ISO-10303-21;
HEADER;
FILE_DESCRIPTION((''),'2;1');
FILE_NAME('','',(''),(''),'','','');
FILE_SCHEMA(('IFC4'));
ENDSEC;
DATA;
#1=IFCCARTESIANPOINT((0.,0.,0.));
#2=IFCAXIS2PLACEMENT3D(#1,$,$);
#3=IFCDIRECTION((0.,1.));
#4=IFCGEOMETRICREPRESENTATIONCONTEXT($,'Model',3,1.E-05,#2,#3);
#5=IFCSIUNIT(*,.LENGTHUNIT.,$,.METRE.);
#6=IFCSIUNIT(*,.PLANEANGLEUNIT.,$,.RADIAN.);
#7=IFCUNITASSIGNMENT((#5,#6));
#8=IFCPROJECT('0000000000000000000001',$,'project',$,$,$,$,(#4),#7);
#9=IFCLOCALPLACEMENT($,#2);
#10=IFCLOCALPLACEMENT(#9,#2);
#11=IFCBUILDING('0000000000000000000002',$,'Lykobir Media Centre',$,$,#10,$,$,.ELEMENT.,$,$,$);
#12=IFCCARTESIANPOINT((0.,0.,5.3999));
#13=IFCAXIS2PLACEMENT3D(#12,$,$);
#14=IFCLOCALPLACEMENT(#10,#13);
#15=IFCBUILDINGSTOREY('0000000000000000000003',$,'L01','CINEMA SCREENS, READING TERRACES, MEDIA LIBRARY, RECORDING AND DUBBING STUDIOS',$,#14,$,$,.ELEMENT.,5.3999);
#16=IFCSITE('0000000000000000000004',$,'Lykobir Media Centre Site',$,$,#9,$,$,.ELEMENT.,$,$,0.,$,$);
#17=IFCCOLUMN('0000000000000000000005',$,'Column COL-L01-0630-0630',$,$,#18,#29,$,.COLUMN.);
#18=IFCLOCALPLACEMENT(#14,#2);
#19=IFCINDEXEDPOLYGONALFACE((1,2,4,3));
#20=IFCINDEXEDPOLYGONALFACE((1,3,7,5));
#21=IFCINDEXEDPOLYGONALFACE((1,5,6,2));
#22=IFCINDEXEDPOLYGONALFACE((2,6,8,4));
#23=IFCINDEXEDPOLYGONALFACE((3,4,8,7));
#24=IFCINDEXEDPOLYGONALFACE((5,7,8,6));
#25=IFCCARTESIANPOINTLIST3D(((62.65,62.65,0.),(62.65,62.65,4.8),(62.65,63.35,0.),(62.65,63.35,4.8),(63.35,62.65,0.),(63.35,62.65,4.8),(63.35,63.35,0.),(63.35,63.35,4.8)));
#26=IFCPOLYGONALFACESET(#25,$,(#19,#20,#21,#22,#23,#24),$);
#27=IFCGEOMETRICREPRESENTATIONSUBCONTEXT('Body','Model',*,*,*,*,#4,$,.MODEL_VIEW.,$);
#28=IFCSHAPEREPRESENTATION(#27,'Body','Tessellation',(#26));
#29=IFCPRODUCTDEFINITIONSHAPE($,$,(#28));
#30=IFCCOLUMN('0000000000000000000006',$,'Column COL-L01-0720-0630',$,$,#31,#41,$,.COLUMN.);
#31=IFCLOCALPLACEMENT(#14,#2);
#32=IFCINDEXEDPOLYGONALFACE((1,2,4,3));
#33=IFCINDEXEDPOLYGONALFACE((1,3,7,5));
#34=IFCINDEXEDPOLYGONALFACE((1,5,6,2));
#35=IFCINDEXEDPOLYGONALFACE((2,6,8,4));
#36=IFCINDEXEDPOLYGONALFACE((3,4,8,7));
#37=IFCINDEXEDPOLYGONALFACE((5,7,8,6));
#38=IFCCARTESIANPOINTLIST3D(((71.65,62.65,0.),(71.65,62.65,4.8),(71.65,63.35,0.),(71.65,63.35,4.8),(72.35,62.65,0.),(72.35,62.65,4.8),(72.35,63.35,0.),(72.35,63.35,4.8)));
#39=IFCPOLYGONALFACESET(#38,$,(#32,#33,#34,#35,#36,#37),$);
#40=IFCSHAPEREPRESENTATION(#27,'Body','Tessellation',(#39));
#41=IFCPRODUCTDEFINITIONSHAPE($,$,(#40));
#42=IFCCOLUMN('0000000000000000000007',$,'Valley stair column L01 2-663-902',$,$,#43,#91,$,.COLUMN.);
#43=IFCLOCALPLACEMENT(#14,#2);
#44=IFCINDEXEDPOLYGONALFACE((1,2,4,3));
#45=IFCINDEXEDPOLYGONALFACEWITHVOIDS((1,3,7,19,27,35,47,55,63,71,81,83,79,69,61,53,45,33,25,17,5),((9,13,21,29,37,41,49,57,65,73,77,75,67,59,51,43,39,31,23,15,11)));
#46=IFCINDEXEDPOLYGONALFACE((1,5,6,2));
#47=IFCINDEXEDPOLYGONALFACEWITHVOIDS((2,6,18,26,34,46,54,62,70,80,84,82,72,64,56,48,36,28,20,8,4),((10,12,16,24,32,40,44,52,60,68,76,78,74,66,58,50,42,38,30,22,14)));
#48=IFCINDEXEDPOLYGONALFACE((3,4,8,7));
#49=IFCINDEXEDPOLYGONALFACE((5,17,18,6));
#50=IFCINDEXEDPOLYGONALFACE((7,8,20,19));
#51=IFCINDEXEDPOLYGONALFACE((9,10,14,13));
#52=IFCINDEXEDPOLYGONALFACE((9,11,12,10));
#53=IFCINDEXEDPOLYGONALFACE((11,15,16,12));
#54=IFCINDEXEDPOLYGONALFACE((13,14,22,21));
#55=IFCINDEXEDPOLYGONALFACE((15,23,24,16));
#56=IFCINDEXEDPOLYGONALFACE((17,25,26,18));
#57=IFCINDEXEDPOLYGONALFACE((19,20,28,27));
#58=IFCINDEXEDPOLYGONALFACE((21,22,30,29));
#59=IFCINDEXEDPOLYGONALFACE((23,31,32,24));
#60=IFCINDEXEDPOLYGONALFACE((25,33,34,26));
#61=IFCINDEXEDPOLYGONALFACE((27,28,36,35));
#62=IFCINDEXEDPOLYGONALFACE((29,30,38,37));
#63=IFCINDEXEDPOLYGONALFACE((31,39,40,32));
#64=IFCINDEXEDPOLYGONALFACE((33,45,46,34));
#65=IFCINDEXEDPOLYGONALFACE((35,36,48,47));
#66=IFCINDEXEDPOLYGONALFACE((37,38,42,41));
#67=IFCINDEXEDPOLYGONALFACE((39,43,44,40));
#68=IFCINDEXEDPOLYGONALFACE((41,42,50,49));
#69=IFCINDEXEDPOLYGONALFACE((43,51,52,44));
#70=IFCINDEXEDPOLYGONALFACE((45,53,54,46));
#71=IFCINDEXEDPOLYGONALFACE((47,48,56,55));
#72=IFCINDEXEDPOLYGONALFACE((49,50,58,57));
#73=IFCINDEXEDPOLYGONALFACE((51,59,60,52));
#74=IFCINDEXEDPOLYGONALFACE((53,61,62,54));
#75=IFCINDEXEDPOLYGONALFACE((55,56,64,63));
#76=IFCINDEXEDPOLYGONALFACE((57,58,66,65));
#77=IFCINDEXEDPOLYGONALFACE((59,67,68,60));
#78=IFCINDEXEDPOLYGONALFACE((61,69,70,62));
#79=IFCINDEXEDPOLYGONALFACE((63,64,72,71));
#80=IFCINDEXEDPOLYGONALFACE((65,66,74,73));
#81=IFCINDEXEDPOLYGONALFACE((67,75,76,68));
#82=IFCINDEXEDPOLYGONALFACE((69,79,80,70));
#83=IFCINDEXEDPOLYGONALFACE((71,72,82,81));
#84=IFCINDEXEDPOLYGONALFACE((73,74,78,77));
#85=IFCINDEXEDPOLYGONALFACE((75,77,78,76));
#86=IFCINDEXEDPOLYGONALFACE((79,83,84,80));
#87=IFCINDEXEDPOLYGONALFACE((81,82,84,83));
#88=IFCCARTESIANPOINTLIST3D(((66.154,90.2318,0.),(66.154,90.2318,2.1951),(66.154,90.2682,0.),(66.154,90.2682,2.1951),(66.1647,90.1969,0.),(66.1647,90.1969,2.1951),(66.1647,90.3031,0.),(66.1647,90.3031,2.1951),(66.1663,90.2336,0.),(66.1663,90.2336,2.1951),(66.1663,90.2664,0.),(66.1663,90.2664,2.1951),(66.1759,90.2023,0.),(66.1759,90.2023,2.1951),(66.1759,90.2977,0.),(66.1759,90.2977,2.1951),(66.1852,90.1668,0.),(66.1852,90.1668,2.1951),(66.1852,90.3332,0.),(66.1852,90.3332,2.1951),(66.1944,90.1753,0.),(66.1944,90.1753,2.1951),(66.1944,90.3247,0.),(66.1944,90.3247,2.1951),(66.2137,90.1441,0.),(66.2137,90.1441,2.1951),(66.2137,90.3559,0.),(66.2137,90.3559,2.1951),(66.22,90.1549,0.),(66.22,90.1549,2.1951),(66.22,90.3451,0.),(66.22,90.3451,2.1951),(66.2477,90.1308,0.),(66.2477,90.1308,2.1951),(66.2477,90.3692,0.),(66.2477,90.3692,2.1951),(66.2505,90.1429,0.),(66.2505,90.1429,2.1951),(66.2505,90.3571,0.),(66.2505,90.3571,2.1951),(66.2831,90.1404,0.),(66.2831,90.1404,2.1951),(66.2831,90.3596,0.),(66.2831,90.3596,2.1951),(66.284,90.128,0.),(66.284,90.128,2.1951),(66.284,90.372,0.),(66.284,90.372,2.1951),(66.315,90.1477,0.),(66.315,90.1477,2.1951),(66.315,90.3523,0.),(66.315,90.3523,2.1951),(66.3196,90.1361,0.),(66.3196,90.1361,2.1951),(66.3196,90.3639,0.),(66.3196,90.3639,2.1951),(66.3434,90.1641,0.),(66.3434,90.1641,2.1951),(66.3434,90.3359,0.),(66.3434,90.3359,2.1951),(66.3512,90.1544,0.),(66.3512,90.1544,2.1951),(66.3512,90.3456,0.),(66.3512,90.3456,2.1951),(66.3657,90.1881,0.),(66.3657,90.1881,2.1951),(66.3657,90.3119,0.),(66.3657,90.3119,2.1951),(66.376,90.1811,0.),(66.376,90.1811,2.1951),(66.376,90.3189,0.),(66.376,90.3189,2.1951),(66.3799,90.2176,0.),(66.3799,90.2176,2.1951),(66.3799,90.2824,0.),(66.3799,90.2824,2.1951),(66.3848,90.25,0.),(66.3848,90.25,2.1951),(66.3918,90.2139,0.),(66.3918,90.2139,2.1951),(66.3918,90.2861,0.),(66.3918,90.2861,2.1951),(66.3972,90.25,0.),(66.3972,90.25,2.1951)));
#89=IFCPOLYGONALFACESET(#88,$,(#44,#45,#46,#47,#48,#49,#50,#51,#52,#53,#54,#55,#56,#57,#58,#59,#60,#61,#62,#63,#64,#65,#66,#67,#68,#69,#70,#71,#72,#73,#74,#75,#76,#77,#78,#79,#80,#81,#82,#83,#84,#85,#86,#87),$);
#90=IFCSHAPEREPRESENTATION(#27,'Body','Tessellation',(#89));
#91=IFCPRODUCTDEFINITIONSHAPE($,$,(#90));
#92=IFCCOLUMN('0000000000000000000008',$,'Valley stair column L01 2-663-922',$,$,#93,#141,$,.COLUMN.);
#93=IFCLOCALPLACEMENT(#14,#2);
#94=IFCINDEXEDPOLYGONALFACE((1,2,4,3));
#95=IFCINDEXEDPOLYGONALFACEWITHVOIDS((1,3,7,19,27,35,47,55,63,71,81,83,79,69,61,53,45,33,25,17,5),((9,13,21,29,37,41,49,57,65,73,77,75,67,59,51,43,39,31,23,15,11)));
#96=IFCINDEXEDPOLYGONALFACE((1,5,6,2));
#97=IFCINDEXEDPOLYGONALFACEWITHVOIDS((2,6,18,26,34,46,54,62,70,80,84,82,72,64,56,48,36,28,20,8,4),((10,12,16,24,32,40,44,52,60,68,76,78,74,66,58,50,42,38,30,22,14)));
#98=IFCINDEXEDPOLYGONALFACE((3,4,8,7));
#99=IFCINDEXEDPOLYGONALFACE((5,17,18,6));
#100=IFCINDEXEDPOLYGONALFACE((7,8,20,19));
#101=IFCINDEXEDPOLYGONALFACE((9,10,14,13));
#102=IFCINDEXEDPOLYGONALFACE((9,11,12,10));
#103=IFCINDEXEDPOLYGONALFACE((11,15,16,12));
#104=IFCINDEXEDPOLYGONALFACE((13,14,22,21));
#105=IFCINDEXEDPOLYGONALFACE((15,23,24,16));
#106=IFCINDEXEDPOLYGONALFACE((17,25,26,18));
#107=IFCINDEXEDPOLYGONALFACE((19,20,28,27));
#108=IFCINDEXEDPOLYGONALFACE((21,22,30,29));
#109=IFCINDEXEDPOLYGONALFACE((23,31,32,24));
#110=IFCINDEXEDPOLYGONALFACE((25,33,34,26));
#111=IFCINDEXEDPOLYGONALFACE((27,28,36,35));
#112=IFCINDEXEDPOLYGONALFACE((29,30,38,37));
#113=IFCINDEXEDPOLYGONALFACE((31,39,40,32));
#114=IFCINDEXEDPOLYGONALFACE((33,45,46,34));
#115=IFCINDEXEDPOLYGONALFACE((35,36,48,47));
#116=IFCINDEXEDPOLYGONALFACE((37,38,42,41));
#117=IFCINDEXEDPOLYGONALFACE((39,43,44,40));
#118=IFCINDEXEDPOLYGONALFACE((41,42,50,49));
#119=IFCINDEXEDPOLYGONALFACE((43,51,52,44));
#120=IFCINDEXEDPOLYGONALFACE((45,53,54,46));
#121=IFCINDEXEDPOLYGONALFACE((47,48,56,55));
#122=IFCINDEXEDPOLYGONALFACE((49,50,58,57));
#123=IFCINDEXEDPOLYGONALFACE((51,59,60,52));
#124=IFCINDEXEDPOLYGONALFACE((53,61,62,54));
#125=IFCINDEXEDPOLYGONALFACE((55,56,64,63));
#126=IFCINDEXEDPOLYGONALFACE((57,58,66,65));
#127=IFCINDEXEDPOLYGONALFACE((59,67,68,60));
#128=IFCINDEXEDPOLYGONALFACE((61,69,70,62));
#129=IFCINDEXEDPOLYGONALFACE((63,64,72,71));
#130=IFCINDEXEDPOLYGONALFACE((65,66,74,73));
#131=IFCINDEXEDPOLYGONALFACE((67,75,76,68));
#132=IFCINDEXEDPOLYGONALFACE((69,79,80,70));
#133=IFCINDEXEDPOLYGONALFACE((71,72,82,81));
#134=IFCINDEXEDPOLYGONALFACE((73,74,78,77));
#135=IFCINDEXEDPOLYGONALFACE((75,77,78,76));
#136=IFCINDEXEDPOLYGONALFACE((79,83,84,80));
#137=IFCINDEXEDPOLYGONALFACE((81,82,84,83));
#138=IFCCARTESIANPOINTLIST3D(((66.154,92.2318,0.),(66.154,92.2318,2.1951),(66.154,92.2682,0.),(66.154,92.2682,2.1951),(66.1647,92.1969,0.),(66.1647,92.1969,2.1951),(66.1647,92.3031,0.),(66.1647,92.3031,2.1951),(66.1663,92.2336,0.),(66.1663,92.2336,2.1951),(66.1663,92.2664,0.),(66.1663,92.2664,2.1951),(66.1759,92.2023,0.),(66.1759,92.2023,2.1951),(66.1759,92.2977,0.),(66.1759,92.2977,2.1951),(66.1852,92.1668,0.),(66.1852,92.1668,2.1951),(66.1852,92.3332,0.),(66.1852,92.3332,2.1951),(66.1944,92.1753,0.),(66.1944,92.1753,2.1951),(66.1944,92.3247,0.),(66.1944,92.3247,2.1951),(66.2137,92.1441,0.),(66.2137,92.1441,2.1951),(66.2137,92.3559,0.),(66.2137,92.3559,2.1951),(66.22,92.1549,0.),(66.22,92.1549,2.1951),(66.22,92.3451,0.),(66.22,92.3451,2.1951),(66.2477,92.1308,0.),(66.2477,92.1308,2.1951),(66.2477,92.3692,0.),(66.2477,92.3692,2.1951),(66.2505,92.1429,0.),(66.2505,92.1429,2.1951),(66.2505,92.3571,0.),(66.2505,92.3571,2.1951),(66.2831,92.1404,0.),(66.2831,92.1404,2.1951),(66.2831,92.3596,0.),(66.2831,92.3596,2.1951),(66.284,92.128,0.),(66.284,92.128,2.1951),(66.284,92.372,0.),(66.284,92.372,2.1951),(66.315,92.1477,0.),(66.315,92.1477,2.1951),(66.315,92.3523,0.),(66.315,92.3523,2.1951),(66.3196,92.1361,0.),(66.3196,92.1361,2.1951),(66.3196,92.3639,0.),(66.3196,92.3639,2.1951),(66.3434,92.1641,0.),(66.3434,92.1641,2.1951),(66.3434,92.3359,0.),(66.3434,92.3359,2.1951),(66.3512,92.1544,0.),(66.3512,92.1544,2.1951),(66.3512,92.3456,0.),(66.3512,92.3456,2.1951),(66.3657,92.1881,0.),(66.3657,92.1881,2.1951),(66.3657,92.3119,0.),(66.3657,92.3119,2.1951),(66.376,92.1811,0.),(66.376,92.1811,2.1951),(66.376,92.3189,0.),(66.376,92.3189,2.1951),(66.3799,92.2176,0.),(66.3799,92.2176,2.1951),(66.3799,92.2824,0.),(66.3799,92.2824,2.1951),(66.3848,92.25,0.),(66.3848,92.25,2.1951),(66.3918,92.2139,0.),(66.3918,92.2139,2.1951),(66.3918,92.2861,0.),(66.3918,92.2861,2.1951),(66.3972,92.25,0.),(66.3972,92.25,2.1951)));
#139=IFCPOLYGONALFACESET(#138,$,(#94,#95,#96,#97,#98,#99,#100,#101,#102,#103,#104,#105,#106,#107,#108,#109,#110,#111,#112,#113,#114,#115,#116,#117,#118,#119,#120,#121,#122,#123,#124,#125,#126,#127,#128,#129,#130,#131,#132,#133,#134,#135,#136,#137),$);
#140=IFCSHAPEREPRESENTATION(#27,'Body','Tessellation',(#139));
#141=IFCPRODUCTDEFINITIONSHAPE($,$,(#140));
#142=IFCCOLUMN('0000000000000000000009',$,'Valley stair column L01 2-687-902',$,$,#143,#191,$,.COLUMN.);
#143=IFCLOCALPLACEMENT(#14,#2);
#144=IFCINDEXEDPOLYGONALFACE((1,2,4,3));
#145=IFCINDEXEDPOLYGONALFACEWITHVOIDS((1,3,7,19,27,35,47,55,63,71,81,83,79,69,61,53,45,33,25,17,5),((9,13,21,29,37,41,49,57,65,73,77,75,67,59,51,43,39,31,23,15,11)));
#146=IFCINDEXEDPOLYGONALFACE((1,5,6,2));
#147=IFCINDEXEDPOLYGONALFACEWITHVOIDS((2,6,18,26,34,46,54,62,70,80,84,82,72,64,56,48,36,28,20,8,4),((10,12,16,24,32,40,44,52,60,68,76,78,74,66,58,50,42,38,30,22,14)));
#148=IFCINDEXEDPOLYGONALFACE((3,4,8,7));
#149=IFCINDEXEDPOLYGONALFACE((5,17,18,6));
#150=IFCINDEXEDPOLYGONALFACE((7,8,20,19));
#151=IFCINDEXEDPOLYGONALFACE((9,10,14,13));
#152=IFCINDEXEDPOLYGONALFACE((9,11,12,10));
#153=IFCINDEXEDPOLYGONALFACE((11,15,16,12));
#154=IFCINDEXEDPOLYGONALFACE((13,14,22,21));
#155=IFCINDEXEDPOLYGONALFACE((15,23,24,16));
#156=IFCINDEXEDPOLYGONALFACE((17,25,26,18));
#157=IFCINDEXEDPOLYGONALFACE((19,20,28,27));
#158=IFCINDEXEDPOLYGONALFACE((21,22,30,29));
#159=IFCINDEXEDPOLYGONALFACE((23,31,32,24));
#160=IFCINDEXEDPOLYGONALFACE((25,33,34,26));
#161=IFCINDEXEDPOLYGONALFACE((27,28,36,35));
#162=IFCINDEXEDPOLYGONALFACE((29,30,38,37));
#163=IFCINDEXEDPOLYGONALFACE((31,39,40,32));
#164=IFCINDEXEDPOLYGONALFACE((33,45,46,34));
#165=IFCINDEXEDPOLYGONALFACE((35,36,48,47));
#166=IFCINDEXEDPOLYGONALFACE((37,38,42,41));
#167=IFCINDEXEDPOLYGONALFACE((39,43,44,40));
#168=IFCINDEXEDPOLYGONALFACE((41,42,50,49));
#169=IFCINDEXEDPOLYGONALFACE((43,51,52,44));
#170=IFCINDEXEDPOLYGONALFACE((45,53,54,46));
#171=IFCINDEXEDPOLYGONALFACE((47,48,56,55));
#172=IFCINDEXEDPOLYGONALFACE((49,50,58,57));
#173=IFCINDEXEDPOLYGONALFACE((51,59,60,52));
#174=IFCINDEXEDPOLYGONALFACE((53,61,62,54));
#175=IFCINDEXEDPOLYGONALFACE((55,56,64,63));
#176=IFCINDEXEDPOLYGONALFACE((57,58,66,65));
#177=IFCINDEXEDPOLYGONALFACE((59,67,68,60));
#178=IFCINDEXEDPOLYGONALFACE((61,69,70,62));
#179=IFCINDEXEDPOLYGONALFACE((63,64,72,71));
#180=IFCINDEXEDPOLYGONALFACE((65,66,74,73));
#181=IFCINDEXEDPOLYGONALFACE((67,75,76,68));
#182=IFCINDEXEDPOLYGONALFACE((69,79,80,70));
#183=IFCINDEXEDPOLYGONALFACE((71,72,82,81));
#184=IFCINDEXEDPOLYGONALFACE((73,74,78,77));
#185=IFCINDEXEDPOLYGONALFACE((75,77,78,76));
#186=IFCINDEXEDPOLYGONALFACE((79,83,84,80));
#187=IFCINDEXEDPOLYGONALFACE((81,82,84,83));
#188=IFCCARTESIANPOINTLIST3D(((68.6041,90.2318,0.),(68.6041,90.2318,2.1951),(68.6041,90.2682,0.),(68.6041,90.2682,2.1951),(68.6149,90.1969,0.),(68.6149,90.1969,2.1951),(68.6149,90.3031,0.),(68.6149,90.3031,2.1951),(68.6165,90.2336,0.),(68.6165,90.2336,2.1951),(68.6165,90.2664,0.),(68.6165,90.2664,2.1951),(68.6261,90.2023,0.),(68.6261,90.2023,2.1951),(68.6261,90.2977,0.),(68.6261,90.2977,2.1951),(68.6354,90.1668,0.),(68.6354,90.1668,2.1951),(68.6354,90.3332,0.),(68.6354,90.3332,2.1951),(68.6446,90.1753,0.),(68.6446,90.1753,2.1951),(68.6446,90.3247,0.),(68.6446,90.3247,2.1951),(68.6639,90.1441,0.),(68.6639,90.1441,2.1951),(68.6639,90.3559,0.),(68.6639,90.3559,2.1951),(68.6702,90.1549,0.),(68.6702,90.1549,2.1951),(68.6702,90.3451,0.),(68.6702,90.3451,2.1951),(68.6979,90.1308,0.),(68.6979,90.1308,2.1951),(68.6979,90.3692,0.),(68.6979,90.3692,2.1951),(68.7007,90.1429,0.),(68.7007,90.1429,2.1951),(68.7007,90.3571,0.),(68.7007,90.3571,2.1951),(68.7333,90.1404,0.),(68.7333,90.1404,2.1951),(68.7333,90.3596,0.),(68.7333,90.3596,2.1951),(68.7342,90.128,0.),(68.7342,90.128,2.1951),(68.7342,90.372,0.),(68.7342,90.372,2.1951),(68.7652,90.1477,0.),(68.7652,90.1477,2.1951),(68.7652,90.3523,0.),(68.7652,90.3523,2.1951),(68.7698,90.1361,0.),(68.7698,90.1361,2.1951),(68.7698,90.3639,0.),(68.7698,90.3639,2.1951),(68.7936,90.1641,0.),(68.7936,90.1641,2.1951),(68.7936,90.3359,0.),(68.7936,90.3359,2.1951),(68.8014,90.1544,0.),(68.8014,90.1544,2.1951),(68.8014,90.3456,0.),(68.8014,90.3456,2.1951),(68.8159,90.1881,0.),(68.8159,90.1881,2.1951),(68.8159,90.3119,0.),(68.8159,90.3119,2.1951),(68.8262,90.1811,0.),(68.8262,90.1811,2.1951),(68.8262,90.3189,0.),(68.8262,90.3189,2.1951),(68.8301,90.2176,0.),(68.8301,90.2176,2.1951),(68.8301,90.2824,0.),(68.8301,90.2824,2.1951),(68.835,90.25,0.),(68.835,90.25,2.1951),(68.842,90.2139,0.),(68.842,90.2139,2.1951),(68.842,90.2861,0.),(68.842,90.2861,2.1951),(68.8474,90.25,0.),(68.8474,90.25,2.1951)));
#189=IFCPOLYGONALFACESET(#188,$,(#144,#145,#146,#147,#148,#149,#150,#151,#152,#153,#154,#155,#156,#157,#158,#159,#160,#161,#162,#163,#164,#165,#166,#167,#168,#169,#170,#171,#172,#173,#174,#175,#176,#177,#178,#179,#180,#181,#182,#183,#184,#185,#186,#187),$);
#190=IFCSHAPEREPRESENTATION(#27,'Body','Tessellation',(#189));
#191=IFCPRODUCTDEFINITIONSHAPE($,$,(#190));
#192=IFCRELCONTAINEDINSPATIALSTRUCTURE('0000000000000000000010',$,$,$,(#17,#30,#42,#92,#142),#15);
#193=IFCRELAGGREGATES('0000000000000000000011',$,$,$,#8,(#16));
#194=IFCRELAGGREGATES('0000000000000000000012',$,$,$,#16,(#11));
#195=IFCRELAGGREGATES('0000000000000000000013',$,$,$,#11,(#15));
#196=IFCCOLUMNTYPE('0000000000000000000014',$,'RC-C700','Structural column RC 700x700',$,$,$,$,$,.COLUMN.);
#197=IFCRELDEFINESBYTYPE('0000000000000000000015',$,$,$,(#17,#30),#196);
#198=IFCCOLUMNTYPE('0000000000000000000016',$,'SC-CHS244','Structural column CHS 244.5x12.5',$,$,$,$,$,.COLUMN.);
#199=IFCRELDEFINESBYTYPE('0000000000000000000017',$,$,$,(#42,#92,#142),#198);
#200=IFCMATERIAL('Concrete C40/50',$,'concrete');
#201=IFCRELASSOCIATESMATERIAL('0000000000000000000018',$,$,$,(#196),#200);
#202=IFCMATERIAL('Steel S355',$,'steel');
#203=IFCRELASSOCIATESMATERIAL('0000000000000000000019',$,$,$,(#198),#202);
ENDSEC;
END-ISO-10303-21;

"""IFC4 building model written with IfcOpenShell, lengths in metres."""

from ifc_helpers import new_model, si_unit, direction, frame, origin, origin_2d, place, context, subcontext, project, spatial, rectangle, hollow_circle, extrude, material, material_profile, profile_set, type_object, element, save


model = new_model("IFC4")

# Units and contexts
model_context = context("Model", 3, precision=1e-05, world=origin(), true_north=direction((0.0, 1.0)))
body_context = subcontext(model_context, "Body", "Model", "MODEL_VIEW")
ifc_project = project(units=[si_unit("LENGTHUNIT", "METRE"), si_unit("PLANEANGLEUNIT", "RADIAN")], contexts=[model_context])

# Site, building, storey
site_placement = place(None, origin())
site = spatial("IfcSite", under=ifc_project, at=site_placement, Name="Lykobir Media Centre Site", CompositionType="ELEMENT", RefElevation=0.0)
building_placement = place(site_placement, origin())
building = spatial("IfcBuilding", under=site, at=building_placement, Name="Lykobir Media Centre", CompositionType="ELEMENT")
storey_placement = place(building_placement, frame((0.0, 0.0, 5.3999)))
storey = spatial("IfcBuildingStorey", under=building, at=storey_placement, Name="L01", Description="CINEMA SCREENS, READING TERRACES, MEDIA LIBRARY, RECORDING AND DUBBING STUDIOS", CompositionType="ELEMENT", Elevation=5.3999)

# Columns
ifc_material_1 = material(Name="Concrete C40/50", Category="concrete")
ifc_material_profile_1 = material_profile(ifc_material_1, rectangle(XDim=0.7, YDim=0.7, at=origin_2d()), Name="RC 700x700")
ifc_profile_set_1 = profile_set([ifc_material_profile_1], Name="Concrete C40/50")
column_type_1 = type_object("IfcColumnType", Name="RC-C700", Description="Structural column RC 700x700", PredefinedType="COLUMN", material=ifc_profile_set_1)
for number, where, z_axis, x_axis, name in (
    (1, (63.0, 63.0, 0.0), (0.0, 0.0, 1.0), (1.0, 0.0, 0.0), "Column COL-L01-0630-0630"),
    (2, (72.0, 63.0, 0.0), (0.0, 0.0, 1.0), (1.0, 0.0, 0.0), "Column COL-L01-0720-0630"),
):
    element("IfcColumn", number, at=place(storey_placement, frame(where, z_axis=z_axis, x_axis=x_axis)), inside=storey, type_object=column_type_1, Name=name, PredefinedType="COLUMN", context=body_context, shape_type="SweptSolid", body=[
        extrude(rectangle(XDim=0.7, YDim=0.7, at=origin_2d()), origin(), (0.0, 0.0, 1.0), 4.8),
    ])
ifc_material_2 = material(Name="Steel S355", Category="steel")
ifc_material_profile_2 = material_profile(ifc_material_2, hollow_circle(Radius=0.1223, WallThickness=0.0125, at=origin_2d()), Name="CHS 244.5x12.5")
ifc_profile_set_2 = profile_set([ifc_material_profile_2], Name="Steel S355")
column_type_2 = type_object("IfcColumnType", Name="SC-CHS244", Description="Structural column CHS 244.5x12.5", PredefinedType="COLUMN", material=ifc_profile_set_2)
for number, where, z_axis, x_axis, name in (
    (3, (66.2749, 90.25, 0.0), (0.0, 0.0, 1.0), (1.0, 0.0, 0.0), "Valley stair column L01 2-663-902"),
    (4, (66.2749, 92.25, 0.0), (0.0, 0.0, 1.0), (1.0, 0.0, 0.0), "Valley stair column L01 2-663-922"),
    (5, (68.7251, 90.25, 0.0), (0.0, 0.0, 1.0), (1.0, 0.0, 0.0), "Valley stair column L01 2-687-902"),
):
    element("IfcColumn", number, at=place(storey_placement, frame(where, z_axis=z_axis, x_axis=x_axis)), inside=storey, type_object=column_type_2, Name=name, PredefinedType="COLUMN", context=body_context, shape_type="SweptSolid", body=[
        extrude(hollow_circle(Radius=0.1223, WallThickness=0.0125, at=origin_2d()), origin(), (0.0, 0.0, 1.0), 2.1951),
    ])

save(model, "model.ifc")
